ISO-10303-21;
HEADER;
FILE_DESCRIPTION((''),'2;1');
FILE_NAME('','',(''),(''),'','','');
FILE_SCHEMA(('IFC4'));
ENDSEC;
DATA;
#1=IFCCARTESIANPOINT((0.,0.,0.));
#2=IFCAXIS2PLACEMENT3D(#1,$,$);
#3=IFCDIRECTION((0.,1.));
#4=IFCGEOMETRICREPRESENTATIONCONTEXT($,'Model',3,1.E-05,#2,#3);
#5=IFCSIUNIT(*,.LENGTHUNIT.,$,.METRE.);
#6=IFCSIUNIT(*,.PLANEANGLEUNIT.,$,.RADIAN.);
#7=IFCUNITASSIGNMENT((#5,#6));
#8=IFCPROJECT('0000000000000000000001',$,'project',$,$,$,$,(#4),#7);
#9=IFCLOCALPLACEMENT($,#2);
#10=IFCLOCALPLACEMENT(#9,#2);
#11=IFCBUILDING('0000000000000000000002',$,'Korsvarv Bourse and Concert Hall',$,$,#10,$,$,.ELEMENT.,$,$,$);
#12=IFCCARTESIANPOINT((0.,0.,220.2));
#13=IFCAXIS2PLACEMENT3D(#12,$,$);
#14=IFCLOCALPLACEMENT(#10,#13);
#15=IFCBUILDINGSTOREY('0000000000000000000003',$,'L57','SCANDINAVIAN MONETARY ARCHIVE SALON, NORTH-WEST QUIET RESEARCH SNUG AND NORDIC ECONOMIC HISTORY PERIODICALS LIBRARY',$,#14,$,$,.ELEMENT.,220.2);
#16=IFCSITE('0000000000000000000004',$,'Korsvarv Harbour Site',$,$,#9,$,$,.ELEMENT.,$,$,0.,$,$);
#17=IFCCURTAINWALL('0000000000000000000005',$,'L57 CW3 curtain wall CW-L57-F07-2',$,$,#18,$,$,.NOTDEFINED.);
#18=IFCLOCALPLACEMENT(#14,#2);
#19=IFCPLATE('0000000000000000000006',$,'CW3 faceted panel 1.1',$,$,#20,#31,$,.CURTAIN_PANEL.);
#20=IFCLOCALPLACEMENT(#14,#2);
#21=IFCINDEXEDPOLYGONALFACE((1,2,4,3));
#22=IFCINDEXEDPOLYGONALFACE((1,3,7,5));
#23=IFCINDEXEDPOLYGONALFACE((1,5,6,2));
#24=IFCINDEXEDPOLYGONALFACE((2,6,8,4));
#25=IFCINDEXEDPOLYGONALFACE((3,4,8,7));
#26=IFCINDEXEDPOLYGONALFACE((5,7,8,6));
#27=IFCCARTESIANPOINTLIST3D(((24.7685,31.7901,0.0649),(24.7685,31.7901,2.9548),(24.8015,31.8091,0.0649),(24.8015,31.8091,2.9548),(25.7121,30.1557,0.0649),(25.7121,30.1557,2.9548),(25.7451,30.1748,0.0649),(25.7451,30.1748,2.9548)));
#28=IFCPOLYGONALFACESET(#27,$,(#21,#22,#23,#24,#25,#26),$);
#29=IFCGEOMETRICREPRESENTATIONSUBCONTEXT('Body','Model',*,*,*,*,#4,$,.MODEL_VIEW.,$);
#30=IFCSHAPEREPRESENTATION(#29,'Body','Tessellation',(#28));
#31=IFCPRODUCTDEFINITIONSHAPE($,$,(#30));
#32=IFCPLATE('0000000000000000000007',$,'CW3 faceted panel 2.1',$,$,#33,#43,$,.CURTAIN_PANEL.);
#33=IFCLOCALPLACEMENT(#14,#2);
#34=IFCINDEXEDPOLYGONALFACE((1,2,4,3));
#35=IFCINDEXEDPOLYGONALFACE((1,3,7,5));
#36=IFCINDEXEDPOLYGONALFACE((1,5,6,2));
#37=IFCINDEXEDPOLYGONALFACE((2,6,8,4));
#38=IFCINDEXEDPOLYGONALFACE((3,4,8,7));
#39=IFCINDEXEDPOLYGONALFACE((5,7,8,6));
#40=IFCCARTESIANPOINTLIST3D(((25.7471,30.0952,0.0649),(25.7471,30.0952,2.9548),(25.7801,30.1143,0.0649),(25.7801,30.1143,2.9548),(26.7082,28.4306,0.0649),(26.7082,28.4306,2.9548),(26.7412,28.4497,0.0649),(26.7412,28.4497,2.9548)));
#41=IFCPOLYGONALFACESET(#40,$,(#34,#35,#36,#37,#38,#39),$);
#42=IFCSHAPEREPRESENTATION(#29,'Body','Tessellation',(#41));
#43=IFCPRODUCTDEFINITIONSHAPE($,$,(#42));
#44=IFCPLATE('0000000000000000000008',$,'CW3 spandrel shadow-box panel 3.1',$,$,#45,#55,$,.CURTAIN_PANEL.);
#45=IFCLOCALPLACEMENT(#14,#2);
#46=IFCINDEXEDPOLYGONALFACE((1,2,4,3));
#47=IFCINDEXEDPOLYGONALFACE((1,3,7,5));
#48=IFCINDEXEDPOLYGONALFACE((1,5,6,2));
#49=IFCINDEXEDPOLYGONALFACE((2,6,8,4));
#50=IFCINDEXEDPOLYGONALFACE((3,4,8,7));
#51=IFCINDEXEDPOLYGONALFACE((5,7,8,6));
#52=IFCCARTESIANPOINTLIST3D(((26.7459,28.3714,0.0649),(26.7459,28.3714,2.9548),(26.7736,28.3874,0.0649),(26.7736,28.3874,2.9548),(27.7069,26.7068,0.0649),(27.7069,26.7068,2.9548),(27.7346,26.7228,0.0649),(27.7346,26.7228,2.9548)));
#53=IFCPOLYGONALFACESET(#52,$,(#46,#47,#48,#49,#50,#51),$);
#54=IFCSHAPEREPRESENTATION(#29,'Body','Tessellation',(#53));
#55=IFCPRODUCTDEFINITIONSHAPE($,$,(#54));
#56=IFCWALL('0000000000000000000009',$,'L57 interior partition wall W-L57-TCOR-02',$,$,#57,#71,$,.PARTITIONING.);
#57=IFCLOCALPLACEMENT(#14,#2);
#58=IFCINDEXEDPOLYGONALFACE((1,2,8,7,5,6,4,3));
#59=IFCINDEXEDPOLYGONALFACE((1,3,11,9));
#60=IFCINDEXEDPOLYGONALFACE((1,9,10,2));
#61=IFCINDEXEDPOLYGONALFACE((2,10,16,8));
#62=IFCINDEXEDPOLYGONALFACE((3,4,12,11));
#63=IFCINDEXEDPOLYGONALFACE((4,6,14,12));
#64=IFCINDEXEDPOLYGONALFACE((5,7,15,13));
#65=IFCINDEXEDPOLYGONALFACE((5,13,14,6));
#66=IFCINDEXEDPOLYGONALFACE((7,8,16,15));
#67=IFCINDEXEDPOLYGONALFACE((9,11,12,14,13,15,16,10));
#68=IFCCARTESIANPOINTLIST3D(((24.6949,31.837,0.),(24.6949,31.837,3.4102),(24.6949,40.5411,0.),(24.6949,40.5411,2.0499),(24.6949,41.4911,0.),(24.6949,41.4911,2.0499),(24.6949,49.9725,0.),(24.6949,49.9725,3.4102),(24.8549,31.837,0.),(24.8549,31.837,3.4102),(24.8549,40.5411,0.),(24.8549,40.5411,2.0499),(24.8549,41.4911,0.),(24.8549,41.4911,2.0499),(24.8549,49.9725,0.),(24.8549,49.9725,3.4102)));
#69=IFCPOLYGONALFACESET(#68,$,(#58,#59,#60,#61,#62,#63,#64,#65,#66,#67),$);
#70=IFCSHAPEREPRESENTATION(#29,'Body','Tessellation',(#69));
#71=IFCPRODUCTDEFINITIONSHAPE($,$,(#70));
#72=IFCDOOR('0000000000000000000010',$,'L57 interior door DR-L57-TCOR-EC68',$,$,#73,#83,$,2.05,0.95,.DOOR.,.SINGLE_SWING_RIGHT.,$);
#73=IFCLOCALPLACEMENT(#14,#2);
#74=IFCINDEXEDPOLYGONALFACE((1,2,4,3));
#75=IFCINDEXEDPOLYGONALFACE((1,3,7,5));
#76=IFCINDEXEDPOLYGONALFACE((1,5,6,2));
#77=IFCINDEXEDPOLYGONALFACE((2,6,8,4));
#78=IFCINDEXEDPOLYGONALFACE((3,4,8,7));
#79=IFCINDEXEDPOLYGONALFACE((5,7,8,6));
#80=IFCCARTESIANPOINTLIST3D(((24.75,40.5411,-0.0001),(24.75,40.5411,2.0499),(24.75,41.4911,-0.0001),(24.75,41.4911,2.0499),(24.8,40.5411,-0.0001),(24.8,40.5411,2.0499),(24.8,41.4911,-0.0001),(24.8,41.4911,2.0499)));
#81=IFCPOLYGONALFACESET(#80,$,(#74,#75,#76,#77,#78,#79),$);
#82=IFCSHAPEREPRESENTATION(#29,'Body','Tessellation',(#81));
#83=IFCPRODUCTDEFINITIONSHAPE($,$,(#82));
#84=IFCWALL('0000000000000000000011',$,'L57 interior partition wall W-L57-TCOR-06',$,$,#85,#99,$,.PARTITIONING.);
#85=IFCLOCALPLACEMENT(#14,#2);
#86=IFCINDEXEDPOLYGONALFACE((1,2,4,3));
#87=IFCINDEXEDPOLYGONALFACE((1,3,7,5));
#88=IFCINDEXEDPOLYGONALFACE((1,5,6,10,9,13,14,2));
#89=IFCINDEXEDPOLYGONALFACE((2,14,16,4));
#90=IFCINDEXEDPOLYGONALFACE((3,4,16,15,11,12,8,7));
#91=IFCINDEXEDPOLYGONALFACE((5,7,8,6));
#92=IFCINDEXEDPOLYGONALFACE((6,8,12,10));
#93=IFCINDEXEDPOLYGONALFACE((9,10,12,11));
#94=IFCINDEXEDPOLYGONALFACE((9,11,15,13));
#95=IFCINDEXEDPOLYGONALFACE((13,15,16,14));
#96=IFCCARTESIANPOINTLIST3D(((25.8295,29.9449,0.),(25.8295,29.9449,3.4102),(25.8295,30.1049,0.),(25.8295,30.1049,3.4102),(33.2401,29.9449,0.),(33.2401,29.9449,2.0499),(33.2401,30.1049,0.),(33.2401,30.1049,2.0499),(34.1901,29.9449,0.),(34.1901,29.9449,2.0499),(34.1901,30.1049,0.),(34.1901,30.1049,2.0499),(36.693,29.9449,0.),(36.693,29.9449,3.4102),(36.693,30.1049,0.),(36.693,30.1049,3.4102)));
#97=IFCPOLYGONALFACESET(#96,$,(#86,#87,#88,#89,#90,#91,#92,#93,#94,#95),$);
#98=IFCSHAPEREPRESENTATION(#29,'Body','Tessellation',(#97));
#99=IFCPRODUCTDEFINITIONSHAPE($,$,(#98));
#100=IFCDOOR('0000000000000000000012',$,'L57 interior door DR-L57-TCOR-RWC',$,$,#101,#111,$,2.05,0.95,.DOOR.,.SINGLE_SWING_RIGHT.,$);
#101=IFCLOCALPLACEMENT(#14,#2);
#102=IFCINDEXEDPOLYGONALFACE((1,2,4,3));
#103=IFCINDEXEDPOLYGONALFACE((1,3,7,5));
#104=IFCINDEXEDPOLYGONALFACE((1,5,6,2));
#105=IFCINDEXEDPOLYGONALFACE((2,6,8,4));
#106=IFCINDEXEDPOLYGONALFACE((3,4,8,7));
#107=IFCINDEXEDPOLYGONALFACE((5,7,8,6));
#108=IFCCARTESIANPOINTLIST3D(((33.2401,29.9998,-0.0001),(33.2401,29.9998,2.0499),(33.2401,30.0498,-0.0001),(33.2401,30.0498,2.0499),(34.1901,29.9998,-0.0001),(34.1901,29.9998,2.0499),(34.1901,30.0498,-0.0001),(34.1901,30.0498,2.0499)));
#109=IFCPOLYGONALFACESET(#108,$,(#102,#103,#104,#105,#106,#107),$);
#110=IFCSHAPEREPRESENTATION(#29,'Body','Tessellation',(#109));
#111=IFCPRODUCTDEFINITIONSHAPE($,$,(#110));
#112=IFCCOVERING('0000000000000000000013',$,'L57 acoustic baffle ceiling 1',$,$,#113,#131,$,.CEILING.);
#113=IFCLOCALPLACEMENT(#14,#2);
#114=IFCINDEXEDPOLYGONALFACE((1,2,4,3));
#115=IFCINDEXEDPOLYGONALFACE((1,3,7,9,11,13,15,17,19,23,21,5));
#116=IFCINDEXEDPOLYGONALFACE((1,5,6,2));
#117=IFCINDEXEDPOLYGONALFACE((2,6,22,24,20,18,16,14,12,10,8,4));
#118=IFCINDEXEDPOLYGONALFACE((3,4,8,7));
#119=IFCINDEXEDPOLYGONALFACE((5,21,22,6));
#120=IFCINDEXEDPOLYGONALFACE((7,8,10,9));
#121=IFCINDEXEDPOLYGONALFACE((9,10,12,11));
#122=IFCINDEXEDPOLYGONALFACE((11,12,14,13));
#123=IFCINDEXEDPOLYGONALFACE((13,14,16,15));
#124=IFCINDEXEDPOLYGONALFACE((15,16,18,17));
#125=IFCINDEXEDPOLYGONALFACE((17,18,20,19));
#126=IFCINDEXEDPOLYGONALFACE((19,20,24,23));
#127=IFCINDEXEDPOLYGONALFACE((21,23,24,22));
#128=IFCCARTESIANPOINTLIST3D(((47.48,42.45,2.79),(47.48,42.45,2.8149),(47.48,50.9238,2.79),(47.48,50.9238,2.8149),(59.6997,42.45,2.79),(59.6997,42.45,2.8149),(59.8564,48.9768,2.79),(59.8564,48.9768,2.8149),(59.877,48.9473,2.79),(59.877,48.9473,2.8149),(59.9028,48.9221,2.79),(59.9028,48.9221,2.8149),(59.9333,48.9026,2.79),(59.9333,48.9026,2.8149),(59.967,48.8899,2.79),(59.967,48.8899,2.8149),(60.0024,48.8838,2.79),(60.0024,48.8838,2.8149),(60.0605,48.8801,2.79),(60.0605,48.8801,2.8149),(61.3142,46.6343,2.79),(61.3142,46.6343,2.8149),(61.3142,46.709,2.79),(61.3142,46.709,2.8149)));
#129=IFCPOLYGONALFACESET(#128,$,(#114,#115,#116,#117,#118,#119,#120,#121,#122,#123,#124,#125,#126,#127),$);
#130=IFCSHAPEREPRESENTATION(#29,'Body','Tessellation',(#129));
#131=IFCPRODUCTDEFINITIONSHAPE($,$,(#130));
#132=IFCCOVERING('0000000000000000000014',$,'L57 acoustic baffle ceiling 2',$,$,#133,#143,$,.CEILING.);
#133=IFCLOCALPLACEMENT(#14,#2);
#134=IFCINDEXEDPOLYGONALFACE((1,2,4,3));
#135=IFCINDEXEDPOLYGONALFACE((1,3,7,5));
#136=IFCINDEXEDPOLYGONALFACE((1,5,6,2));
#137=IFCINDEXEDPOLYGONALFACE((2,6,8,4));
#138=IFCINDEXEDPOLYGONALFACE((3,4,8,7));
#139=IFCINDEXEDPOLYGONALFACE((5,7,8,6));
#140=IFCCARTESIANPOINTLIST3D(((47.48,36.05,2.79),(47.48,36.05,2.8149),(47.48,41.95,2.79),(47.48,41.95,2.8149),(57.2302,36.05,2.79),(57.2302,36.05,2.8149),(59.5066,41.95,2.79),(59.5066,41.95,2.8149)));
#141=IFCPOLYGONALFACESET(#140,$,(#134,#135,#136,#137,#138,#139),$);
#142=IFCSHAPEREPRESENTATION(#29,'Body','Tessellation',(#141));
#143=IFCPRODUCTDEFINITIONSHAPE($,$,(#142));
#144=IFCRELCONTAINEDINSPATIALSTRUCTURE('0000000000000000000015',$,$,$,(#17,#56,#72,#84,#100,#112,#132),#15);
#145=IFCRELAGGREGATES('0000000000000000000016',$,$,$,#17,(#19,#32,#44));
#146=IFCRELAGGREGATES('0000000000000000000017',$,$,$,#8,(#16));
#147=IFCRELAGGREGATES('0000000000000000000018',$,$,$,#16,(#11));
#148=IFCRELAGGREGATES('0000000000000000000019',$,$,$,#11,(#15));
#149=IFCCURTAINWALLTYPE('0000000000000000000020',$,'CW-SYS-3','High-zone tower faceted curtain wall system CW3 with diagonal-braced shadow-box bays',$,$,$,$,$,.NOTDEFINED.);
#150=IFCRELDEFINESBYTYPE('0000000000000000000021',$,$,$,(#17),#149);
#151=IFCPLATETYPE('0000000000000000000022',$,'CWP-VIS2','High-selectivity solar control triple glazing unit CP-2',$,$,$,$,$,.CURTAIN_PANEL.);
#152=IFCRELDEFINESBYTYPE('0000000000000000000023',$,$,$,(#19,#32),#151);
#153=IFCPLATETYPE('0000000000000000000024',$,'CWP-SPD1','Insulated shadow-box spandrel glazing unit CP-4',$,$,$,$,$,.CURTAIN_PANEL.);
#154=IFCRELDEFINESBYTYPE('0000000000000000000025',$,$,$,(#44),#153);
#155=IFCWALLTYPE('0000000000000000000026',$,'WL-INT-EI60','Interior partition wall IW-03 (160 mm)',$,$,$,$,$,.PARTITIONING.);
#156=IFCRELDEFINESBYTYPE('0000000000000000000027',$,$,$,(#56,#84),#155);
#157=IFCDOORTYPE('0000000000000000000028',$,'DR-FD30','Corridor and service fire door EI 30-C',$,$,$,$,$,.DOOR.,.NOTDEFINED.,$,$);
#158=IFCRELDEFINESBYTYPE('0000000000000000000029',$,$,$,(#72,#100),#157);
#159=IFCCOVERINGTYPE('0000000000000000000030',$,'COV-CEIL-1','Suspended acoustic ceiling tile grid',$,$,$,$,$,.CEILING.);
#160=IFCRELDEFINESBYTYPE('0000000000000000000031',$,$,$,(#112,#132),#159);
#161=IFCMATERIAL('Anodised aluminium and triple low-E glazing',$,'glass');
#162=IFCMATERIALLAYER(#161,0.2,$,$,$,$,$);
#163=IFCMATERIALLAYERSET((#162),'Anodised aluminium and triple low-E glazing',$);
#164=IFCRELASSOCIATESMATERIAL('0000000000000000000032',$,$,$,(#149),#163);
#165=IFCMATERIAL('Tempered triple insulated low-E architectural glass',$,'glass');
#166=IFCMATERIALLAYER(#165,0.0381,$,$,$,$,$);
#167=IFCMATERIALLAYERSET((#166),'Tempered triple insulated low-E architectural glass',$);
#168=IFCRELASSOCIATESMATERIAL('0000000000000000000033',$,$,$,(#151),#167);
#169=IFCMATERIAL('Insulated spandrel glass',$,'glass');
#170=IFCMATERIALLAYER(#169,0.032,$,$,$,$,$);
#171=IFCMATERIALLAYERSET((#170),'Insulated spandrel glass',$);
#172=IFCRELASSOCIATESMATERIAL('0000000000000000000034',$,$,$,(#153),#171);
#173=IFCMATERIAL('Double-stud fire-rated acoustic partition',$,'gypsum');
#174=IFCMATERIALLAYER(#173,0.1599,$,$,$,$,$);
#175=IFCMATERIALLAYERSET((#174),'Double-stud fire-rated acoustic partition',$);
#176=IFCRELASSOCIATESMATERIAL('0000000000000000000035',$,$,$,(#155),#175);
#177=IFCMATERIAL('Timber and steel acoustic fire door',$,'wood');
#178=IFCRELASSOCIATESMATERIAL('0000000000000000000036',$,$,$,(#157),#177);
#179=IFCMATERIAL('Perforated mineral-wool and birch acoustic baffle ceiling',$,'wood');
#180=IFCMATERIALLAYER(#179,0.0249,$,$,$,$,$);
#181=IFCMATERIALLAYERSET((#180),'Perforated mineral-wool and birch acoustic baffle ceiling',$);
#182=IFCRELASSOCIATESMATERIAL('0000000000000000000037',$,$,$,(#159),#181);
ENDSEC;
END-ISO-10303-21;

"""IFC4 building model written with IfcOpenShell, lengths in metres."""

from ifc_helpers import new_model, si_unit, direction, frame, frame_2d, origin, origin_2d, place, context, subcontext, project, spatial, polyline, rectangle, outline, extrude, source, transform, mapped, material, layer, layer_set, type_object, element, fill, aggregate, save


model = new_model("IFC4")

# Units and contexts
model_context = context("Model", 3, precision=1e-05, world=origin(), true_north=direction((0.0, 1.0)))
body_context = subcontext(model_context, "Body", "Model", "MODEL_VIEW")
ifc_project = project(units=[si_unit("LENGTHUNIT", "METRE"), si_unit("PLANEANGLEUNIT", "RADIAN")], contexts=[model_context])

# Site, building, storey
site_placement = place(None, origin())
site = spatial("IfcSite", under=ifc_project, at=site_placement, Name="Korsvarv Harbour Site", CompositionType="ELEMENT", RefElevation=0.0)
building_placement = place(site_placement, origin())
building = spatial("IfcBuilding", under=site, at=building_placement, Name="Korsvarv Bourse and Concert Hall", CompositionType="ELEMENT")
storey_placement = place(building_placement, frame((0.0, 0.0, 220.2)))
storey = spatial("IfcBuildingStorey", under=building, at=storey_placement, Name="L57", Description="SCANDINAVIAN MONETARY ARCHIVE SALON, NORTH-WEST QUIET RESEARCH SNUG AND NORDIC ECONOMIC HISTORY PERIODICALS LIBRARY", CompositionType="ELEMENT", Elevation=220.2)

# Curtain wall
ifc_material_1 = material(Name="Anodised aluminium and triple low-E glazing", Category="glass")
ifc_layer_1 = layer(ifc_material_1, 0.2)
ifc_layer_set_1 = layer_set([ifc_layer_1], Name="Anodised aluminium and triple low-E glazing")
curtain_wall_type = type_object("IfcCurtainWallType", Name="CW-SYS-3", Description="High-zone tower faceted curtain wall system CW3 with diagonal-braced shadow-box bays", PredefinedType="NOTDEFINED", material=ifc_layer_set_1)
curtain_wall_1_placement = place(storey_placement, origin())
curtain_wall_1 = element("IfcCurtainWall", 1, at=curtain_wall_1_placement, inside=storey, type_object=curtain_wall_type, Name="L57 CW3 curtain wall CW-L57-F07-2", PredefinedType="NOTDEFINED")

# Plates
ifc_material_2 = material(Name="Tempered triple insulated low-E architectural glass", Category="glass")
ifc_layer_2 = layer(ifc_material_2, 0.0381)
ifc_layer_set_2 = layer_set([ifc_layer_2], Name="Tempered triple insulated low-E architectural glass")
plate_type_1 = type_object("IfcPlateType", Name="CWP-VIS2", Description="High-selectivity solar control triple glazing unit CP-2", PredefinedType="CURTAIN_PANEL", material=ifc_layer_set_2)
shared_shape_1 = source(origin(), body_context, "Body", "SweptSolid", [
    extrude(rectangle(XDim=1.8872, YDim=0.0381, at=origin_2d()), origin(), (0.0, 0.0, 1.0), 2.8899),
])
plate_1_placement = place(storey_placement, frame((25.2568, 30.9824, 0.0649), z_axis=(0.0, 0.0, 1.0), x_axis=(0.499996, -0.866028, 0.0)))
plate_1 = element("IfcPlate", 2, at=plate_1_placement, type_object=plate_type_1, Name="CW3 faceted panel 1.1", PredefinedType="CURTAIN_PANEL", context=body_context, shape_type="MappedRepresentation", body=[
    mapped(shared_shape_1, transform((0.0, 0.0, 0.0), scale=1.0)),
])
shared_shape_2 = source(origin(), body_context, "Body", "SweptSolid", [
    extrude(rectangle(XDim=1.9221, YDim=0.0381, at=origin_2d()), origin(), (0.0, 0.0, 1.0), 2.8899),
])
plate_2_placement = place(storey_placement, frame((26.2441, 29.2725, 0.0649), z_axis=(0.0, 0.0, 1.0), x_axis=(0.499996, -0.866028, 0.0)))
plate_2 = element("IfcPlate", 3, at=plate_2_placement, type_object=plate_type_1, Name="CW3 faceted panel 2.1", PredefinedType="CURTAIN_PANEL", context=body_context, shape_type="MappedRepresentation", body=[
    mapped(shared_shape_2, transform((0.0, 0.0, 0.0), scale=1.0)),
])
ifc_material_3 = material(Name="Insulated spandrel glass", Category="glass")
ifc_layer_3 = layer(ifc_material_3, 0.032)
ifc_layer_set_3 = layer_set([ifc_layer_3], Name="Insulated spandrel glass")
plate_type_2 = type_object("IfcPlateType", Name="CWP-SPD1", Description="Insulated shadow-box spandrel glazing unit CP-4", PredefinedType="CURTAIN_PANEL", material=ifc_layer_set_3)
shared_shape_3 = source(origin(), body_context, "Body", "SweptSolid", [
    extrude(rectangle(XDim=1.9221, YDim=0.032, at=origin_2d()), origin(), (0.0, 0.0, 1.0), 2.8899),
])
plate_3_placement = place(storey_placement, frame((27.2402, 27.5471, 0.0649), z_axis=(0.0, 0.0, 1.0), x_axis=(0.499996, -0.866028, 0.0)))
plate_3 = element("IfcPlate", 4, at=plate_3_placement, type_object=plate_type_2, Name="CW3 spandrel shadow-box panel 3.1", PredefinedType="CURTAIN_PANEL", context=body_context, shape_type="MappedRepresentation", body=[
    mapped(shared_shape_3, transform((0.0, 0.0, 0.0), scale=1.0)),
])
aggregate(curtain_wall_1, [plate_1, plate_2, plate_3])

# Walls, openings, doors
ifc_material_4 = material(Name="Double-stud fire-rated acoustic partition", Category="gypsum")
ifc_layer_4 = layer(ifc_material_4, 0.1599)
ifc_layer_set_4 = layer_set([ifc_layer_4], Name="Double-stud fire-rated acoustic partition")
wall_type = type_object("IfcWallType", Name="WL-INT-EI60", Description="Interior partition wall IW-03 (160 mm)", PredefinedType="PARTITIONING", material=ifc_layer_set_4)
wall_1_placement = place(storey_placement, frame((24.7749, 31.8369, 0.0), z_axis=(0.0, 0.0, 1.0), x_axis=(0.0, 1.0, 0.0)))
wall_1 = element("IfcWall", 5, at=wall_1_placement, inside=storey, type_object=wall_type, Name="L57 interior partition wall W-L57-TCOR-02", PredefinedType="PARTITIONING", context=body_context, shape_type="SweptSolid", body=[
    extrude(rectangle(XDim=18.1355, YDim=0.1599, at=frame_2d((9.0679, 0.0))), origin(), (0.0, 0.0, 1.0), 3.4102),
])
opening_1_placement = place(wall_1_placement, frame((8.7041, 0.0, 0.0)))
opening_1 = element("IfcOpeningElement", 6, at=opening_1_placement, cuts=wall_1, PredefinedType="OPENING", context=body_context, shape_type="SweptSolid", body=[
    extrude(rectangle(XDim=0.95, YDim=2.05, at=frame_2d((0.4751, 1.0249))), frame((0.0, 0.0898, 0.0), z_axis=(0.0, -1.0, 0.0), x_axis=(1.0, 0.0, 0.0)), (0.0, 0.0, 1.0), 0.1799),
])
ifc_material_5 = material(Name="Timber and steel acoustic fire door", Category="wood")
door_type = type_object("IfcDoorType", Name="DR-FD30", Description="Corridor and service fire door EI 30-C", OperationType="NOTDEFINED", PredefinedType="DOOR", material=ifc_material_5)
door_1_placement = place(opening_1_placement, origin())
door_1 = element("IfcDoor", 7, at=door_1_placement, inside=storey, type_object=door_type, Name="L57 interior door DR-L57-TCOR-EC68", OperationType="SINGLE_SWING_RIGHT", OverallHeight=2.05, OverallWidth=0.95, PredefinedType="DOOR", context=body_context, shape_type="SweptSolid", body=[
    extrude(rectangle(XDim=0.95, YDim=2.05, at=frame_2d((0.4751, 1.0249))), frame((0.0, 0.0249, 0.0), z_axis=(0.0, -1.0, 0.0), x_axis=(1.0, 0.0, 0.0)), (0.0, 0.0, 1.0), 0.05),
])
fill(opening_1, door_1)
wall_2_placement = place(storey_placement, frame((25.8296, 30.0249, 0.0), z_axis=(0.0, 0.0, 1.0), x_axis=(1.0, 0.0, 0.0)))
wall_2 = element("IfcWall", 8, at=wall_2_placement, inside=storey, type_object=wall_type, Name="L57 interior partition wall W-L57-TCOR-06", PredefinedType="PARTITIONING", context=body_context, shape_type="SweptSolid", body=[
    extrude(rectangle(XDim=10.8635, YDim=0.1599, at=frame_2d((5.4316, 0.0))), origin(), (0.0, 0.0, 1.0), 3.4102),
])
opening_2_placement = place(wall_2_placement, frame((7.4104, 0.0, 0.0)))
opening_2 = element("IfcOpeningElement", 9, at=opening_2_placement, cuts=wall_2, PredefinedType="OPENING", context=body_context, shape_type="SweptSolid", body=[
    extrude(rectangle(XDim=0.95, YDim=2.05, at=frame_2d((0.4751, 1.0249))), frame((0.0, 0.0898, 0.0), z_axis=(0.0, -1.0, 0.0), x_axis=(1.0, 0.0, 0.0)), (0.0, 0.0, 1.0), 0.1799),
])
door_2_placement = place(opening_2_placement, origin())
door_2 = element("IfcDoor", 10, at=door_2_placement, inside=storey, type_object=door_type, Name="L57 interior door DR-L57-TCOR-RWC", OperationType="SINGLE_SWING_RIGHT", OverallHeight=2.05, OverallWidth=0.95, PredefinedType="DOOR", context=body_context, shape_type="SweptSolid", body=[
    extrude(rectangle(XDim=0.95, YDim=2.05, at=frame_2d((0.4751, 1.0249))), frame((0.0, 0.0249, 0.0), z_axis=(0.0, -1.0, 0.0), x_axis=(1.0, 0.0, 0.0)), (0.0, 0.0, 1.0), 0.05),
])
fill(opening_2, door_2)

# Coverings
ifc_material_6 = material(Name="Perforated mineral-wool and birch acoustic baffle ceiling", Category="wood")
ifc_layer_5 = layer(ifc_material_6, 0.0249)
ifc_layer_set_5 = layer_set([ifc_layer_5], Name="Perforated mineral-wool and birch acoustic baffle ceiling")
covering_type_1 = type_object("IfcCoveringType", Name="COV-CEIL-1", Description="Suspended acoustic ceiling tile grid", PredefinedType="CEILING", material=ifc_layer_set_5)
covering_1_placement = place(storey_placement, frame((0.0, 0.0, 2.79)))
element("IfcCovering", 11, at=covering_1_placement, inside=storey, type_object=covering_type_1, Name="L57 acoustic baffle ceiling 1", PredefinedType="CEILING", context=body_context, shape_type="SweptSolid", body=[
    extrude(outline(polyline([(59.8564, 48.9768), (59.877, 48.9473), (59.9028, 48.9221), (59.9333, 48.9026), (59.967, 48.8899), (60.0024, 48.8838), (60.0605, 48.8801), (61.3142, 46.709), (61.3142, 46.6343), (59.6997, 42.45), (47.48, 42.45), (47.48, 50.9238), (59.8564, 48.9768)])), origin(), (0.0, 0.0, 1.0), 0.0249),
])
covering_2_placement = place(storey_placement, frame((0.0, 0.0, 2.79)))
element("IfcCovering", 12, at=covering_2_placement, inside=storey, type_object=covering_type_1, Name="L57 acoustic baffle ceiling 2", PredefinedType="CEILING", context=body_context, shape_type="SweptSolid", body=[
    extrude(outline(polyline([(47.48, 36.05), (47.48, 41.95), (59.5066, 41.95), (57.2302, 36.05), (47.48, 36.05)])), origin(), (0.0, 0.0, 1.0), 0.0249),
])

save(model, "model.ifc")
